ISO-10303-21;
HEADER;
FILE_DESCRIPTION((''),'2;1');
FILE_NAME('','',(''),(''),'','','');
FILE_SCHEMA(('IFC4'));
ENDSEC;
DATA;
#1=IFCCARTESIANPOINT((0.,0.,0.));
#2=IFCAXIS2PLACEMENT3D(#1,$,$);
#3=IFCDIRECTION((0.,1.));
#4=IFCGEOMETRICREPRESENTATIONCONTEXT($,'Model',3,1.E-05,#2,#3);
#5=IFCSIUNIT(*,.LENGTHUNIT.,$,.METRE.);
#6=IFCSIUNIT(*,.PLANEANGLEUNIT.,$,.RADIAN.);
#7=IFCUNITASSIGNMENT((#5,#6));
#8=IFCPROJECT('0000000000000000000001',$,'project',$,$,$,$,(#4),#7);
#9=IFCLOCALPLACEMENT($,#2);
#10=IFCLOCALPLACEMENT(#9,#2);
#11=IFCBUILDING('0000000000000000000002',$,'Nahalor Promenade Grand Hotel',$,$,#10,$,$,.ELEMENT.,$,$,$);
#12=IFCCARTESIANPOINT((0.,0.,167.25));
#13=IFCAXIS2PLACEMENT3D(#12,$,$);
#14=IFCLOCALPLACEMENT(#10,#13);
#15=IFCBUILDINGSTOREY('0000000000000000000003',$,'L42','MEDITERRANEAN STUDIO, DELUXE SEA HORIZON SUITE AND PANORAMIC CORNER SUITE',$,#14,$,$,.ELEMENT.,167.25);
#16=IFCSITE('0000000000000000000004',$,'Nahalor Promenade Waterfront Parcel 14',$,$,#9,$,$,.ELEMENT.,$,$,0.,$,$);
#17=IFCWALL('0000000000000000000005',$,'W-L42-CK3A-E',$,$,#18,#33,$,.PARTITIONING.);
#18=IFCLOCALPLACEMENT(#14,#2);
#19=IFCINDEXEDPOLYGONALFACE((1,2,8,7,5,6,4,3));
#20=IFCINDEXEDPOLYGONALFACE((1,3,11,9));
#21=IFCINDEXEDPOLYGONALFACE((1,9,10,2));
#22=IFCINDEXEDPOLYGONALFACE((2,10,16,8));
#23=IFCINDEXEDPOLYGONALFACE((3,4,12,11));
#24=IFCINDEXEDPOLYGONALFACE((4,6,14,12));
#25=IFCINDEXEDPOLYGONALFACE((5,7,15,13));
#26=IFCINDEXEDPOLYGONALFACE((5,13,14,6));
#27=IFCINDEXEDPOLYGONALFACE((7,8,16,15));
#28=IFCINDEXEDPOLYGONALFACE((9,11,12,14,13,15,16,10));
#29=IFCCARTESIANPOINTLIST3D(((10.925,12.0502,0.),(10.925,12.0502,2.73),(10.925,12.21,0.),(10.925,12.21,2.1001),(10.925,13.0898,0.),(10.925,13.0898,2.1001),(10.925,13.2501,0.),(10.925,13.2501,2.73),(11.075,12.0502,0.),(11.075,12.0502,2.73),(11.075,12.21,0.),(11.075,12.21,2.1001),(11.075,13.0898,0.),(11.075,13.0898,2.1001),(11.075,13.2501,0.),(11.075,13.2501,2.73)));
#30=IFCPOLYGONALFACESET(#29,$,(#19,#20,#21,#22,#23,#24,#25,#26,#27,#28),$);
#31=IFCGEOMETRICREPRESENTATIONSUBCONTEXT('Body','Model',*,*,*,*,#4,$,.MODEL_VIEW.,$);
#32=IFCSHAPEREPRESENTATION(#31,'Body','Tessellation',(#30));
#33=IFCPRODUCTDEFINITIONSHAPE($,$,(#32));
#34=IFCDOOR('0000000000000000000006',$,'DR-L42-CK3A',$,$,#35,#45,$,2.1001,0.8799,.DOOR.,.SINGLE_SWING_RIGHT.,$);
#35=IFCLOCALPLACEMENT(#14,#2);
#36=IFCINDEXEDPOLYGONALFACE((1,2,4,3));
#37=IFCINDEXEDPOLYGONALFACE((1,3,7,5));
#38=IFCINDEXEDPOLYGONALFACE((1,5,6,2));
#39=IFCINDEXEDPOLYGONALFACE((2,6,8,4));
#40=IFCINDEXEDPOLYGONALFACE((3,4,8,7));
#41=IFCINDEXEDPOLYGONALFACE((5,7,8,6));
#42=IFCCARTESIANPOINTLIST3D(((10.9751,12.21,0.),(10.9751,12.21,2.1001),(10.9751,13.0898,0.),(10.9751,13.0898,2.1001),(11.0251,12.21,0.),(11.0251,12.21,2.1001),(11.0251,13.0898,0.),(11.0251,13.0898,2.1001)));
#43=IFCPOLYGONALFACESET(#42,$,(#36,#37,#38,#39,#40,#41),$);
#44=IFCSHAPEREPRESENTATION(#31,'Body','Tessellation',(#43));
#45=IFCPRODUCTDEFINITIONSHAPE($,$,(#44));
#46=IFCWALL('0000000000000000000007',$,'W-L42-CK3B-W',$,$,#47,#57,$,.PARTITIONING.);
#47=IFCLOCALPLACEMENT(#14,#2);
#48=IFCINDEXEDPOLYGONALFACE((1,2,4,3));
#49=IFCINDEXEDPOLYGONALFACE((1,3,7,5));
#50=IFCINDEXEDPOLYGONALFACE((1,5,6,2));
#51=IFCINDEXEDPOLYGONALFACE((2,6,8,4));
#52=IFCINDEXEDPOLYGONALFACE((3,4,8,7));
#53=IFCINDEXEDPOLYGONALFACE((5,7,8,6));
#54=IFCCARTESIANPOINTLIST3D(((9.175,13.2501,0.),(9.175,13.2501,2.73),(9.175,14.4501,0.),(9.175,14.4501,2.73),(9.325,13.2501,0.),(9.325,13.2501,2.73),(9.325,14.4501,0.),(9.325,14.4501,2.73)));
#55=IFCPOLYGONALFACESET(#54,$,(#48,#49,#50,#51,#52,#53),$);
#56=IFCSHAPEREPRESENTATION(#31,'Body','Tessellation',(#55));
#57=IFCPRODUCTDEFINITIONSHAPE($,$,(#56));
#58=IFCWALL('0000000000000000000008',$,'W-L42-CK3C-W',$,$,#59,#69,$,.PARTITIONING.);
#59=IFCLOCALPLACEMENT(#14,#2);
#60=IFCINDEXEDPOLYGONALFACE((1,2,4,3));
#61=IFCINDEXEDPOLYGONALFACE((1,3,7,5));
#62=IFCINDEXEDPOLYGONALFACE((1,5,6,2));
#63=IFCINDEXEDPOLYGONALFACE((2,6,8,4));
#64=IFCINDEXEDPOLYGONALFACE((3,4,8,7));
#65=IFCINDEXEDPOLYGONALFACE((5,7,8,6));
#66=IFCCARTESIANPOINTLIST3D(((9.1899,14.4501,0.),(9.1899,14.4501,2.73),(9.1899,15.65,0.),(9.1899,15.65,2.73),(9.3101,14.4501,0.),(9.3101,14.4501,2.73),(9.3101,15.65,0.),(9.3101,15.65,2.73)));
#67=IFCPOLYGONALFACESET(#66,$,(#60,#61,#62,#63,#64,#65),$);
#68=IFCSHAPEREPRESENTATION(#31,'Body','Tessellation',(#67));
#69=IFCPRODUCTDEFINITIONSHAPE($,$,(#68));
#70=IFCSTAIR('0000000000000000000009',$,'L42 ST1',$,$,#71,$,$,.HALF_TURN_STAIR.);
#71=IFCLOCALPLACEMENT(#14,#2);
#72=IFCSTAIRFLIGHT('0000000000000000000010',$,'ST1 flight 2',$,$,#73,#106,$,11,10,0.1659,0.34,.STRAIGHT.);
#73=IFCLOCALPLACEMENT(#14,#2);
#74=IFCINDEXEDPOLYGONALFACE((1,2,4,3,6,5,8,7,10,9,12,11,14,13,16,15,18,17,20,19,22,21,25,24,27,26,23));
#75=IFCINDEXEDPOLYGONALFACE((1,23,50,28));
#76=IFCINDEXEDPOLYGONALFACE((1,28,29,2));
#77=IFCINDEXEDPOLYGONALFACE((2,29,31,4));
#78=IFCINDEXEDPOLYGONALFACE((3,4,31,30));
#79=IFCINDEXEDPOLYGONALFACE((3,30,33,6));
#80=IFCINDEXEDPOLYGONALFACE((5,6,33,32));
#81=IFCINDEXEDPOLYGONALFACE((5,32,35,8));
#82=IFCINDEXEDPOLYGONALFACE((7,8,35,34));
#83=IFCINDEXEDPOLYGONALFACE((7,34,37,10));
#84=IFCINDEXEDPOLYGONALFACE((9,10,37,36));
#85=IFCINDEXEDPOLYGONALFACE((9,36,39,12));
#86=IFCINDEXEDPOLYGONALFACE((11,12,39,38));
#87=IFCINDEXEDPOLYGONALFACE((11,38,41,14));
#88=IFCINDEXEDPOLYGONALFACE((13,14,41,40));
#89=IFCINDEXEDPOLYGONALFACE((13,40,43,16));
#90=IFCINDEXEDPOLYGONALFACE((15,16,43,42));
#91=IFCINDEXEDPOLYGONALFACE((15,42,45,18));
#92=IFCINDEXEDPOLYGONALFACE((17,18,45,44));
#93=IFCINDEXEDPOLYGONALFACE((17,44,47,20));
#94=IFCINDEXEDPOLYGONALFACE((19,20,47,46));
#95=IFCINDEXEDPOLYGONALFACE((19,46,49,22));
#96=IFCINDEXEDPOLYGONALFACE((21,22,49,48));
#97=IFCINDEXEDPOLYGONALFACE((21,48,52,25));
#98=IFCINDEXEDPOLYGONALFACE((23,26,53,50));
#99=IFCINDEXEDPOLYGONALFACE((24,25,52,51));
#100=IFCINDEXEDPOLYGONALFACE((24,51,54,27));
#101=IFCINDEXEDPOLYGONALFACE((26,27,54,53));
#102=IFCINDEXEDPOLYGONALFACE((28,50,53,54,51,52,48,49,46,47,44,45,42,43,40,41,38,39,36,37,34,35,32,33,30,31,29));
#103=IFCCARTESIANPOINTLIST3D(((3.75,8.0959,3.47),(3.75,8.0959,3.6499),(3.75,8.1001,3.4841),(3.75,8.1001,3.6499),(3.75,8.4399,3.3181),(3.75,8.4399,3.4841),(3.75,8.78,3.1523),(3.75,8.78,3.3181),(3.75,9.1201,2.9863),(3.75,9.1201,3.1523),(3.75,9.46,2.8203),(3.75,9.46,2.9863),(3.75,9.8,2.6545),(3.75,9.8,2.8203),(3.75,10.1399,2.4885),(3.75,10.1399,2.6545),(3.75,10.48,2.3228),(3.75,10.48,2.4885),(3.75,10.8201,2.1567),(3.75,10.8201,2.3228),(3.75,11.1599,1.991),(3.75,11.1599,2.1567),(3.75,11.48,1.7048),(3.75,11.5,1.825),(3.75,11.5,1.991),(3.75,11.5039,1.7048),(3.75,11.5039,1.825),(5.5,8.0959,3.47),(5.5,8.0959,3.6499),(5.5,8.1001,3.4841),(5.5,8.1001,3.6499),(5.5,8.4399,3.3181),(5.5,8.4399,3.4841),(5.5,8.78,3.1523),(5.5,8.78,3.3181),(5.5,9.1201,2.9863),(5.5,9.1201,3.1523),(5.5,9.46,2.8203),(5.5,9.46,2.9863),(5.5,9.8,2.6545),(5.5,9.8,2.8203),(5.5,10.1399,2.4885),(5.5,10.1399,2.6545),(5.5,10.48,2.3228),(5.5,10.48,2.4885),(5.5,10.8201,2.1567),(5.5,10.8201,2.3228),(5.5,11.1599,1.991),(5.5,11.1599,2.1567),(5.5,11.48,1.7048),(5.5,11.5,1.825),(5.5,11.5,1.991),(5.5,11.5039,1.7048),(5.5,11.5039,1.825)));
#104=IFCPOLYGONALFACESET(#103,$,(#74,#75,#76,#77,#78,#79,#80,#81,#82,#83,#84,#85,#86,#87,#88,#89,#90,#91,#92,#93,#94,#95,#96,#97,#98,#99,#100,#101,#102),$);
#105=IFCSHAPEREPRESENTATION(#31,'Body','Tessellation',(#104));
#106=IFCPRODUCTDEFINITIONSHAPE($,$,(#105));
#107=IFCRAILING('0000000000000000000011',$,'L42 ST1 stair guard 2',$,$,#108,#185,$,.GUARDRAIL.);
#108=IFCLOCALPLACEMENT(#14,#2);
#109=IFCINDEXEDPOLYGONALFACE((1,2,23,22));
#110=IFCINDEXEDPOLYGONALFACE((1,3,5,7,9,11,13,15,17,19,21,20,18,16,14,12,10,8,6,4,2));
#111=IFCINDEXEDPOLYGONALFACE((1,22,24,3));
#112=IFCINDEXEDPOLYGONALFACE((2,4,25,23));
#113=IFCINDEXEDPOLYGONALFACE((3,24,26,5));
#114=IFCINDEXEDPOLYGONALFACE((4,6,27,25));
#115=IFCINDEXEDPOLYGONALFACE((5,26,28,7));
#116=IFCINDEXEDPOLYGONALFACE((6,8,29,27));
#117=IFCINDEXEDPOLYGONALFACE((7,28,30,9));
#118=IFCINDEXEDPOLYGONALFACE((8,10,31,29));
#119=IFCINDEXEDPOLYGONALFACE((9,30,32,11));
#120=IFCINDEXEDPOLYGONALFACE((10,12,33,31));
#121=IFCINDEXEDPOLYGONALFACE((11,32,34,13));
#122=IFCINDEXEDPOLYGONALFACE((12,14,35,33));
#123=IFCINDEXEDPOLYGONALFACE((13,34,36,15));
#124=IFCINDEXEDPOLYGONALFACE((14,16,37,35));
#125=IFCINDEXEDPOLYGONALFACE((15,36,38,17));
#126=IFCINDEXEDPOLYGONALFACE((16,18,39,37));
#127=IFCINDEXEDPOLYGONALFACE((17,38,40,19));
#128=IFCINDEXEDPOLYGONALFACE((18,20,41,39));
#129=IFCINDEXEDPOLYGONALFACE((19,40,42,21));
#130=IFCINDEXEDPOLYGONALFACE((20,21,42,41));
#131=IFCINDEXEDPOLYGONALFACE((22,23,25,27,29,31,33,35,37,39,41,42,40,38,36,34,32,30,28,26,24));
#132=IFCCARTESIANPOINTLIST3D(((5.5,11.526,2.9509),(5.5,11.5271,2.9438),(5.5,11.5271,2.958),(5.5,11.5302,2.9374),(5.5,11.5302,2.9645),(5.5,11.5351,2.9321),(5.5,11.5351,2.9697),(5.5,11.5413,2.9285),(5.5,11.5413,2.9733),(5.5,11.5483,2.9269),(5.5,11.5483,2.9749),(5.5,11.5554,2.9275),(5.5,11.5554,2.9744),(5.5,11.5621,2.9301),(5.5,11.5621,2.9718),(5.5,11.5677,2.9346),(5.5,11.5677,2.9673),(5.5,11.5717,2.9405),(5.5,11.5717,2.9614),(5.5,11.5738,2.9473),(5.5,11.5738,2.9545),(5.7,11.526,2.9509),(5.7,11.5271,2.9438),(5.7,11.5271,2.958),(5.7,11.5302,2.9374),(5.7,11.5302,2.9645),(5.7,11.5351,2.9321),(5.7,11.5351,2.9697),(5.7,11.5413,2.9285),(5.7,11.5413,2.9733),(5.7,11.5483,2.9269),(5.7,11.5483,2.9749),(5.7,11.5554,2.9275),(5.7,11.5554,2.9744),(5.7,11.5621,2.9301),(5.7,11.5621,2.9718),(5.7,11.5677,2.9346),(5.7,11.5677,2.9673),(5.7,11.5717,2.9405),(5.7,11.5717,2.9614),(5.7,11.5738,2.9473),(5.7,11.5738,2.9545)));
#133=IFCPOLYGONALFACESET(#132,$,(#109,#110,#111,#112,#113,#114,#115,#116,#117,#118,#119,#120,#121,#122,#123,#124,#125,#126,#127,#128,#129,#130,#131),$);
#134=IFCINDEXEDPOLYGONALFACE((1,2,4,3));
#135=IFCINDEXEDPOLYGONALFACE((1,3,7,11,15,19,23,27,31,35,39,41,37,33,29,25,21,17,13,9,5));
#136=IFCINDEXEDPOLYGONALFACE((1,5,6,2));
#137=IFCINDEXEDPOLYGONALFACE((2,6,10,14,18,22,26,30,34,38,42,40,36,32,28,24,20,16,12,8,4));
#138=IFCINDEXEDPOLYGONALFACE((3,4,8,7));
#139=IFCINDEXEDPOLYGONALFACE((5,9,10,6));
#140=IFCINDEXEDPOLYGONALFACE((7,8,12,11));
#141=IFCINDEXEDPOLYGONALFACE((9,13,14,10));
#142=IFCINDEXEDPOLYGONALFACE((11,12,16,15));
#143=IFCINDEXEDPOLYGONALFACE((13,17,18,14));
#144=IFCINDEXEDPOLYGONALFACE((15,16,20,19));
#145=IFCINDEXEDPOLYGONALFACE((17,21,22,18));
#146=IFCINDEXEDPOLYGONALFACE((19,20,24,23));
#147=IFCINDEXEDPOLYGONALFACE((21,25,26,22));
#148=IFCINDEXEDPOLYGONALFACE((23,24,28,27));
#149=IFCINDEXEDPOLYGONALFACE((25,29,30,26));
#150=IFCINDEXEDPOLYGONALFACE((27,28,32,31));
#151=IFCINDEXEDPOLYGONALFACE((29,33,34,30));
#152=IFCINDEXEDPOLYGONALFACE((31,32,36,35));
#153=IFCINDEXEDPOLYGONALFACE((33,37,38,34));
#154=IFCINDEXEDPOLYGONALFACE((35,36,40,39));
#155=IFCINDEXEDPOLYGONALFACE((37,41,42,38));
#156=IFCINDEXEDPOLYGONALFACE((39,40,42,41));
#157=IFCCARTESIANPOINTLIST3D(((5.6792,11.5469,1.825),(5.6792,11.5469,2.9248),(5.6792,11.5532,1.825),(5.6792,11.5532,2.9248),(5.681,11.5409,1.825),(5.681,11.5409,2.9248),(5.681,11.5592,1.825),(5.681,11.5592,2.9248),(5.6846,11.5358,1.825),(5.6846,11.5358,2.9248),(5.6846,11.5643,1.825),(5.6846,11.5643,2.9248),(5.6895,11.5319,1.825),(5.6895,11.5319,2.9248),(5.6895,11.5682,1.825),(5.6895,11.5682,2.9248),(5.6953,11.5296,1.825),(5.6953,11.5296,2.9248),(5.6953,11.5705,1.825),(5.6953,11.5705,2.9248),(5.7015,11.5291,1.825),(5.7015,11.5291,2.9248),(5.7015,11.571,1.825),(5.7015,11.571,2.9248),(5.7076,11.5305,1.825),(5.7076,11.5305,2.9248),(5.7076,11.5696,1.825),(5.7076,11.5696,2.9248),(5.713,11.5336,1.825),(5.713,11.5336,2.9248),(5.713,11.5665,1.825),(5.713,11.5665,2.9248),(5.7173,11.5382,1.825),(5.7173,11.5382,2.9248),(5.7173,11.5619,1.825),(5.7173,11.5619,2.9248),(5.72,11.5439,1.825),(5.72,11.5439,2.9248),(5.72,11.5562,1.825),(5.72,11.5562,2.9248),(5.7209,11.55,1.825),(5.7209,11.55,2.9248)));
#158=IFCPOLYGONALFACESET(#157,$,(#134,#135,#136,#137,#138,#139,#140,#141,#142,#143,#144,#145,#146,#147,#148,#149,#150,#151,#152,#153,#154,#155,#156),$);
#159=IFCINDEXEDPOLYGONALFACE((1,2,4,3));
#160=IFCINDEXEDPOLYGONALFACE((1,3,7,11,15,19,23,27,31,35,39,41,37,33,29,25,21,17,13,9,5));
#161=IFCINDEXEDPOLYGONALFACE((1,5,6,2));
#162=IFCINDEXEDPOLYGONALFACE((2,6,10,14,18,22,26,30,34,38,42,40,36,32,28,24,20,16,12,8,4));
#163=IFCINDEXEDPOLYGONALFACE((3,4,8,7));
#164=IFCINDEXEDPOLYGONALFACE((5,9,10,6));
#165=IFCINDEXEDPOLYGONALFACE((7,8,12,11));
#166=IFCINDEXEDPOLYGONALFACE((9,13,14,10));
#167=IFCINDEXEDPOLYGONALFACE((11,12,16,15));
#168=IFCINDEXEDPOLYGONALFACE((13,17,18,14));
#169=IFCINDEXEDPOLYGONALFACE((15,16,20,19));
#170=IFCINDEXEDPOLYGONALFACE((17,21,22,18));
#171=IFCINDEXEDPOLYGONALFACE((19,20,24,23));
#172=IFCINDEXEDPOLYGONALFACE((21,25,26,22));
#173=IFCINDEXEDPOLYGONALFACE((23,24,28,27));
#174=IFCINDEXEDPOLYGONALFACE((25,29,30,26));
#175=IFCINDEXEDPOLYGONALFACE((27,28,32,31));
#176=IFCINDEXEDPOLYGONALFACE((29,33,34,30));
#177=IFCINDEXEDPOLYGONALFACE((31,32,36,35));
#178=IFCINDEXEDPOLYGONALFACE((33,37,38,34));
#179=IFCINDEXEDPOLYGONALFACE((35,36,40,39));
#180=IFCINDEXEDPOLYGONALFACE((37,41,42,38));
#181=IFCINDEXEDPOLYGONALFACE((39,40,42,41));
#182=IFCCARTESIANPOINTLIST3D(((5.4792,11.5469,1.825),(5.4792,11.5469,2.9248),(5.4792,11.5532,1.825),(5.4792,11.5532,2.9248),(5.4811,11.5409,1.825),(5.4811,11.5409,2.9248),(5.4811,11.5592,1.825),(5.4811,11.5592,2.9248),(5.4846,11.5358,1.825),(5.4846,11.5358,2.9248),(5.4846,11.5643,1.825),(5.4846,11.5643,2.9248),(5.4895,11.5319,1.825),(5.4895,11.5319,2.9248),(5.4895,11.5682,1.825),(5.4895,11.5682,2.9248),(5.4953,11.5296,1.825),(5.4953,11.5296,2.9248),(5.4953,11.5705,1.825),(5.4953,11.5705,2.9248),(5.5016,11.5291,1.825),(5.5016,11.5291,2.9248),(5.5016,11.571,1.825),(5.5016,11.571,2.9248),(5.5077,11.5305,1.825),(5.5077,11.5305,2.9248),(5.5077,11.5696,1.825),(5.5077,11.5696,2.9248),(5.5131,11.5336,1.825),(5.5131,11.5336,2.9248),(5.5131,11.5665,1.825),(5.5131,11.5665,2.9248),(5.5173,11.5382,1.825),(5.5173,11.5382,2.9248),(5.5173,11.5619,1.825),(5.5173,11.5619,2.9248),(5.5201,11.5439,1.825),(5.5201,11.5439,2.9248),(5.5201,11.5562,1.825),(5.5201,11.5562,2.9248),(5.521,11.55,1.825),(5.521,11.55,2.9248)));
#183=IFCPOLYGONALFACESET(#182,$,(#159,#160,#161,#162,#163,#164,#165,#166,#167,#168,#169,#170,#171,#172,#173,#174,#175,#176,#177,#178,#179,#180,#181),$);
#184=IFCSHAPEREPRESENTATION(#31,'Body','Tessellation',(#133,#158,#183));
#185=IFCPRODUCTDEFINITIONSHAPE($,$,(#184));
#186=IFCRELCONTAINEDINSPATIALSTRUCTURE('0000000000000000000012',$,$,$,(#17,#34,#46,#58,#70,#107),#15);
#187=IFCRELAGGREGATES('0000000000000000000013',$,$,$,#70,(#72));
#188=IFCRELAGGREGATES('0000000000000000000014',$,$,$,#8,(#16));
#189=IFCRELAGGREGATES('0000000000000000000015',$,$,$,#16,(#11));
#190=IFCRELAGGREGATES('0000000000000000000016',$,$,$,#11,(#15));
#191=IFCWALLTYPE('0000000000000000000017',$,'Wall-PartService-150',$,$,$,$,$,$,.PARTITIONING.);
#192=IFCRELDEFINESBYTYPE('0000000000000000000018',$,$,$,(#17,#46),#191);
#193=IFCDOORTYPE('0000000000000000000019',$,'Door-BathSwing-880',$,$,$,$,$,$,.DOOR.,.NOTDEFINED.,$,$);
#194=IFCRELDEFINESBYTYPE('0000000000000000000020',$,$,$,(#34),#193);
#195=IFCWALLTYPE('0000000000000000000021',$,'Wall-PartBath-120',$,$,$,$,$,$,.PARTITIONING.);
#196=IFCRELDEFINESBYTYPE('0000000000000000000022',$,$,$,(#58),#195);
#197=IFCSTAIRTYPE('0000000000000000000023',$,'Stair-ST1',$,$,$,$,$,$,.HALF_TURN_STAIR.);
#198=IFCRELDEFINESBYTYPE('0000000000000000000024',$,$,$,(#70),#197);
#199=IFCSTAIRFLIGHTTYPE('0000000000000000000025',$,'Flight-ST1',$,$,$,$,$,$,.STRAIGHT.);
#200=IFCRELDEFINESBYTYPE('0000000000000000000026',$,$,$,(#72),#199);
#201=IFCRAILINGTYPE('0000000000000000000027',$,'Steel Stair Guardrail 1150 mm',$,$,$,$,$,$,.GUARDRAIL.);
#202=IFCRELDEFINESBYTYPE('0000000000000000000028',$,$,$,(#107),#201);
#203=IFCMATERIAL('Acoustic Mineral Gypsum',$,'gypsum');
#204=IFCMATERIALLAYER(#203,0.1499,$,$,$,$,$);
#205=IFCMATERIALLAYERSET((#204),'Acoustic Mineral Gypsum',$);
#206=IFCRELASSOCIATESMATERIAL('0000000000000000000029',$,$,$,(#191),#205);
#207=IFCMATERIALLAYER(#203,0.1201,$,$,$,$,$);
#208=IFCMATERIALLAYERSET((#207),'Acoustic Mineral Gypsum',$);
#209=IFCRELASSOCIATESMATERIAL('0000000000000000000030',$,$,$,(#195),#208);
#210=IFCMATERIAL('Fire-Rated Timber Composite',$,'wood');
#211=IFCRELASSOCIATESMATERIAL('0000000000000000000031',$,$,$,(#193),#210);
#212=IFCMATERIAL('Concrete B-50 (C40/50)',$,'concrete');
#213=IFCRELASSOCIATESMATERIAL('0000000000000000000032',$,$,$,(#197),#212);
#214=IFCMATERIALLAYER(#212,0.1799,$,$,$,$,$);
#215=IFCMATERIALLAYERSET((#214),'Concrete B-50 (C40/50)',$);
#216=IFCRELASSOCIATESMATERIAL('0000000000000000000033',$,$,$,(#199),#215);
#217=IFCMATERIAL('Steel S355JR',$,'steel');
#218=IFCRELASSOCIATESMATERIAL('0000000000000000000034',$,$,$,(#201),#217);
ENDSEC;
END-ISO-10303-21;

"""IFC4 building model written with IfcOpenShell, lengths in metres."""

from ifc_helpers import new_model, si_unit, direction, frame, frame_2d, origin, origin_2d, place, context, subcontext, project, spatial, polyline, rectangle, circle, outline, extrude, source, transform, mapped, material, layer, layer_set, type_object, element, fill, aggregate, save


model = new_model("IFC4")

# Units and contexts
model_context = context("Model", 3, precision=1e-05, world=origin(), true_north=direction((0.0, 1.0)))
body_context = subcontext(model_context, "Body", "Model", "MODEL_VIEW")
ifc_project = project(units=[si_unit("LENGTHUNIT", "METRE"), si_unit("PLANEANGLEUNIT", "RADIAN")], contexts=[model_context])

# Site, building, storey
site_placement = place(None, origin())
site = spatial("IfcSite", under=ifc_project, at=site_placement, Name="Nahalor Promenade Waterfront Parcel 14", CompositionType="ELEMENT", RefElevation=0.0)
building_placement = place(site_placement, origin())
building = spatial("IfcBuilding", under=site, at=building_placement, Name="Nahalor Promenade Grand Hotel", CompositionType="ELEMENT")
storey_placement = place(building_placement, frame((0.0, 0.0, 167.25)))
storey = spatial("IfcBuildingStorey", under=building, at=storey_placement, Name="L42", Description="MEDITERRANEAN STUDIO, DELUXE SEA HORIZON SUITE AND PANORAMIC CORNER SUITE", CompositionType="ELEMENT", Elevation=167.25)

# Shared definitions
ifc_material_1 = material(Name="Steel S355JR", Category="steel")

# Shared definitions
ifc_material_2 = material(Name="Concrete B-50 (C40/50)", Category="concrete")
ifc_material_3 = material(Name="Acoustic Mineral Gypsum", Category="gypsum")
ifc_layer_1 = layer(ifc_material_3, 0.1499)
ifc_layer_set_1 = layer_set([ifc_layer_1], Name="Acoustic Mineral Gypsum")
wall_type_1 = type_object("IfcWallType", Name="Wall-PartService-150", PredefinedType="PARTITIONING", material=ifc_layer_set_1)
ifc_layer_2 = layer(ifc_material_3, 0.1201)
ifc_layer_set_2 = layer_set([ifc_layer_2], Name="Acoustic Mineral Gypsum")
wall_type_2 = type_object("IfcWallType", Name="Wall-PartBath-120", PredefinedType="PARTITIONING", material=ifc_layer_set_2)
shared_shape_1 = source(origin(), body_context, "Body", "SweptSolid", [
    extrude(rectangle(XDim=1.2, YDim=0.1499, at=frame_2d((0.6001, 0.0))), origin(), (0.0, 0.0, 1.0), 2.73),
])

# Wall, opening, door
wall_1_placement = place(storey_placement, frame((11.0, 12.05, 0.0), z_axis=(0.0, 0.0, 1.0), x_axis=(0.0, 1.0, 0.0)))
wall_1 = element("IfcWall", 1, at=wall_1_placement, inside=storey, type_object=wall_type_1, Name="W-L42-CK3A-E", PredefinedType="PARTITIONING", context=body_context, shape_type="MappedRepresentation", body=[
    mapped(shared_shape_1, transform((0.0, 0.0, 0.0), scale=1.0)),
])
opening_placement = place(wall_1_placement, frame((0.1599, 0.0, 0.0)))
opening = element("IfcOpeningElement", 2, at=opening_placement, cuts=wall_1, PredefinedType="OPENING", context=body_context, shape_type="SweptSolid", body=[
    extrude(rectangle(XDim=0.8799, YDim=2.1001, at=frame_2d((0.4399, 1.05))), frame((0.0, 0.085, 0.0), z_axis=(0.0, -1.0, 0.0), x_axis=(1.0, 0.0, 0.0)), (0.0, 0.0, 1.0), 0.1699),
])
ifc_material_4 = material(Name="Fire-Rated Timber Composite", Category="wood")
door_type = type_object("IfcDoorType", Name="Door-BathSwing-880", OperationType="NOTDEFINED", PredefinedType="DOOR", material=ifc_material_4)
shared_shape_2 = source(origin(), body_context, "Body", "SweptSolid", [
    extrude(rectangle(XDim=0.8799, YDim=2.1001, at=frame_2d((0.4399, 1.05))), frame((0.0, 0.0249, 0.0), z_axis=(0.0, -1.0, 0.0), x_axis=(1.0, 0.0, 0.0)), (0.0, 0.0, 1.0), 0.05),
])
door_placement = place(opening_placement, origin())
door = element("IfcDoor", 3, at=door_placement, inside=storey, type_object=door_type, Name="DR-L42-CK3A", OperationType="SINGLE_SWING_RIGHT", OverallHeight=2.1001, OverallWidth=0.8799, PredefinedType="DOOR", context=body_context, shape_type="MappedRepresentation", body=[
    mapped(shared_shape_2, transform((0.0, 0.0, 0.0), scale=1.0)),
])
fill(opening, door)

# Walls
wall_2_placement = place(storey_placement, frame((9.25, 13.25, 0.0), z_axis=(0.0, 0.0, 1.0), x_axis=(0.0, 1.0, 0.0)))
element("IfcWall", 4, at=wall_2_placement, inside=storey, type_object=wall_type_1, Name="W-L42-CK3B-W", PredefinedType="PARTITIONING", context=body_context, shape_type="MappedRepresentation", body=[
    mapped(shared_shape_1, transform((0.0, 0.0, 0.0), scale=1.0)),
])
shared_shape_3 = source(origin(), body_context, "Body", "SweptSolid", [
    extrude(rectangle(XDim=1.2, YDim=0.1201, at=frame_2d((0.6001, 0.0))), origin(), (0.0, 0.0, 1.0), 2.73),
])
wall_3_placement = place(storey_placement, frame((9.25, 14.45, 0.0), z_axis=(0.0, 0.0, 1.0), x_axis=(0.0, 1.0, 0.0)))
element("IfcWall", 5, at=wall_3_placement, inside=storey, type_object=wall_type_2, Name="W-L42-CK3C-W", PredefinedType="PARTITIONING", context=body_context, shape_type="MappedRepresentation", body=[
    mapped(shared_shape_3, transform((0.0, 0.0, 0.0), scale=1.0)),
])

# Stair, stair flight
stair_type = type_object("IfcStairType", Name="Stair-ST1", PredefinedType="HALF_TURN_STAIR", material=ifc_material_2)
stair_placement = place(storey_placement, origin())
stair = element("IfcStair", 6, at=stair_placement, inside=storey, type_object=stair_type, Name="L42 ST1", PredefinedType="HALF_TURN_STAIR")
ifc_layer_3 = layer(ifc_material_2, 0.1799)
ifc_layer_set_3 = layer_set([ifc_layer_3], Name="Concrete B-50 (C40/50)")
stair_flight_type = type_object("IfcStairFlightType", Name="Flight-ST1", PredefinedType="STRAIGHT", material=ifc_layer_set_3)
shared_shape_4 = source(origin(), body_context, "Body", "SweptSolid", [
    extrude(outline(polyline([(-0.0039, -0.1201), (-0.0039, 0.0), (0.0, 0.0), (0.0, 0.166), (0.3401, 0.166), (0.3401, 0.3318), (0.6799, 0.3318), (0.6799, 0.4978), (1.02, 0.4978), (1.02, 0.6636), (1.3601, 0.6636), (1.3601, 0.8296), (1.7, 0.8296), (1.7, 0.9954), (2.04, 0.9954), (2.04, 1.1614), (2.3799, 1.1614), (2.3799, 1.3274), (2.72, 1.3274), (2.72, 1.4932), (3.0601, 1.4932), (3.0601, 1.6592), (3.3999, 1.6592), (3.3999, 1.825), (3.4041, 1.825), (3.4041, 1.645), (0.02, -0.1201), (-0.0039, -0.1201)])), frame((0.0, 0.875, 0.0), z_axis=(0.0, -1.0, 0.0), x_axis=(1.0, 0.0, 0.0)), (0.0, 0.0, 1.0), 1.75),
])
stair_flight_placement = place(storey_placement, frame((4.625, 11.5, 1.825), z_axis=(0.0, 0.0, 1.0), x_axis=(0.0, -1.0, 0.0)))
stair_flight = element("IfcStairFlight", 7, at=stair_flight_placement, type_object=stair_flight_type, Name="ST1 flight 2", NumberOfRisers=11, NumberOfTreads=10, PredefinedType="STRAIGHT", RiserHeight=0.1659, TreadLength=0.34, context=body_context, shape_type="MappedRepresentation", body=[
    mapped(shared_shape_4, transform((0.0, 0.0, 0.0), scale=1.0)),
])
aggregate(stair, [stair_flight])

# Railing
railing_type_1 = type_object("IfcRailingType", Name="Steel Stair Guardrail 1150 mm", PredefinedType="GUARDRAIL", material=ifc_material_1)
railing_1_placement = place(storey_placement, frame((5.7, 11.55, 1.825)))
element("IfcRailing", 8, at=railing_1_placement, inside=storey, type_object=railing_type_1, Name="L42 ST1 stair guard 2", PredefinedType="GUARDRAIL", context=body_context, shape_type="SweptSolid", body=[
    extrude(circle(Radius=0.024, at=origin_2d()), frame((0.0, 0.0, 1.126), z_axis=(-1.0, 0.0, 0.0), x_axis=(0.0, -1.0, 0.0)), (0.0, 0.0, 1.0), 0.2),
    extrude(circle(Radius=0.021, at=origin_2d()), origin(), (0.0, 0.0, 1.0), 1.0999),
    extrude(circle(Radius=0.021, at=origin_2d()), frame((-0.2, 0.0, 0.0)), (0.0, 0.0, 1.0), 1.0999),
])

save(model, "model.ifc")
